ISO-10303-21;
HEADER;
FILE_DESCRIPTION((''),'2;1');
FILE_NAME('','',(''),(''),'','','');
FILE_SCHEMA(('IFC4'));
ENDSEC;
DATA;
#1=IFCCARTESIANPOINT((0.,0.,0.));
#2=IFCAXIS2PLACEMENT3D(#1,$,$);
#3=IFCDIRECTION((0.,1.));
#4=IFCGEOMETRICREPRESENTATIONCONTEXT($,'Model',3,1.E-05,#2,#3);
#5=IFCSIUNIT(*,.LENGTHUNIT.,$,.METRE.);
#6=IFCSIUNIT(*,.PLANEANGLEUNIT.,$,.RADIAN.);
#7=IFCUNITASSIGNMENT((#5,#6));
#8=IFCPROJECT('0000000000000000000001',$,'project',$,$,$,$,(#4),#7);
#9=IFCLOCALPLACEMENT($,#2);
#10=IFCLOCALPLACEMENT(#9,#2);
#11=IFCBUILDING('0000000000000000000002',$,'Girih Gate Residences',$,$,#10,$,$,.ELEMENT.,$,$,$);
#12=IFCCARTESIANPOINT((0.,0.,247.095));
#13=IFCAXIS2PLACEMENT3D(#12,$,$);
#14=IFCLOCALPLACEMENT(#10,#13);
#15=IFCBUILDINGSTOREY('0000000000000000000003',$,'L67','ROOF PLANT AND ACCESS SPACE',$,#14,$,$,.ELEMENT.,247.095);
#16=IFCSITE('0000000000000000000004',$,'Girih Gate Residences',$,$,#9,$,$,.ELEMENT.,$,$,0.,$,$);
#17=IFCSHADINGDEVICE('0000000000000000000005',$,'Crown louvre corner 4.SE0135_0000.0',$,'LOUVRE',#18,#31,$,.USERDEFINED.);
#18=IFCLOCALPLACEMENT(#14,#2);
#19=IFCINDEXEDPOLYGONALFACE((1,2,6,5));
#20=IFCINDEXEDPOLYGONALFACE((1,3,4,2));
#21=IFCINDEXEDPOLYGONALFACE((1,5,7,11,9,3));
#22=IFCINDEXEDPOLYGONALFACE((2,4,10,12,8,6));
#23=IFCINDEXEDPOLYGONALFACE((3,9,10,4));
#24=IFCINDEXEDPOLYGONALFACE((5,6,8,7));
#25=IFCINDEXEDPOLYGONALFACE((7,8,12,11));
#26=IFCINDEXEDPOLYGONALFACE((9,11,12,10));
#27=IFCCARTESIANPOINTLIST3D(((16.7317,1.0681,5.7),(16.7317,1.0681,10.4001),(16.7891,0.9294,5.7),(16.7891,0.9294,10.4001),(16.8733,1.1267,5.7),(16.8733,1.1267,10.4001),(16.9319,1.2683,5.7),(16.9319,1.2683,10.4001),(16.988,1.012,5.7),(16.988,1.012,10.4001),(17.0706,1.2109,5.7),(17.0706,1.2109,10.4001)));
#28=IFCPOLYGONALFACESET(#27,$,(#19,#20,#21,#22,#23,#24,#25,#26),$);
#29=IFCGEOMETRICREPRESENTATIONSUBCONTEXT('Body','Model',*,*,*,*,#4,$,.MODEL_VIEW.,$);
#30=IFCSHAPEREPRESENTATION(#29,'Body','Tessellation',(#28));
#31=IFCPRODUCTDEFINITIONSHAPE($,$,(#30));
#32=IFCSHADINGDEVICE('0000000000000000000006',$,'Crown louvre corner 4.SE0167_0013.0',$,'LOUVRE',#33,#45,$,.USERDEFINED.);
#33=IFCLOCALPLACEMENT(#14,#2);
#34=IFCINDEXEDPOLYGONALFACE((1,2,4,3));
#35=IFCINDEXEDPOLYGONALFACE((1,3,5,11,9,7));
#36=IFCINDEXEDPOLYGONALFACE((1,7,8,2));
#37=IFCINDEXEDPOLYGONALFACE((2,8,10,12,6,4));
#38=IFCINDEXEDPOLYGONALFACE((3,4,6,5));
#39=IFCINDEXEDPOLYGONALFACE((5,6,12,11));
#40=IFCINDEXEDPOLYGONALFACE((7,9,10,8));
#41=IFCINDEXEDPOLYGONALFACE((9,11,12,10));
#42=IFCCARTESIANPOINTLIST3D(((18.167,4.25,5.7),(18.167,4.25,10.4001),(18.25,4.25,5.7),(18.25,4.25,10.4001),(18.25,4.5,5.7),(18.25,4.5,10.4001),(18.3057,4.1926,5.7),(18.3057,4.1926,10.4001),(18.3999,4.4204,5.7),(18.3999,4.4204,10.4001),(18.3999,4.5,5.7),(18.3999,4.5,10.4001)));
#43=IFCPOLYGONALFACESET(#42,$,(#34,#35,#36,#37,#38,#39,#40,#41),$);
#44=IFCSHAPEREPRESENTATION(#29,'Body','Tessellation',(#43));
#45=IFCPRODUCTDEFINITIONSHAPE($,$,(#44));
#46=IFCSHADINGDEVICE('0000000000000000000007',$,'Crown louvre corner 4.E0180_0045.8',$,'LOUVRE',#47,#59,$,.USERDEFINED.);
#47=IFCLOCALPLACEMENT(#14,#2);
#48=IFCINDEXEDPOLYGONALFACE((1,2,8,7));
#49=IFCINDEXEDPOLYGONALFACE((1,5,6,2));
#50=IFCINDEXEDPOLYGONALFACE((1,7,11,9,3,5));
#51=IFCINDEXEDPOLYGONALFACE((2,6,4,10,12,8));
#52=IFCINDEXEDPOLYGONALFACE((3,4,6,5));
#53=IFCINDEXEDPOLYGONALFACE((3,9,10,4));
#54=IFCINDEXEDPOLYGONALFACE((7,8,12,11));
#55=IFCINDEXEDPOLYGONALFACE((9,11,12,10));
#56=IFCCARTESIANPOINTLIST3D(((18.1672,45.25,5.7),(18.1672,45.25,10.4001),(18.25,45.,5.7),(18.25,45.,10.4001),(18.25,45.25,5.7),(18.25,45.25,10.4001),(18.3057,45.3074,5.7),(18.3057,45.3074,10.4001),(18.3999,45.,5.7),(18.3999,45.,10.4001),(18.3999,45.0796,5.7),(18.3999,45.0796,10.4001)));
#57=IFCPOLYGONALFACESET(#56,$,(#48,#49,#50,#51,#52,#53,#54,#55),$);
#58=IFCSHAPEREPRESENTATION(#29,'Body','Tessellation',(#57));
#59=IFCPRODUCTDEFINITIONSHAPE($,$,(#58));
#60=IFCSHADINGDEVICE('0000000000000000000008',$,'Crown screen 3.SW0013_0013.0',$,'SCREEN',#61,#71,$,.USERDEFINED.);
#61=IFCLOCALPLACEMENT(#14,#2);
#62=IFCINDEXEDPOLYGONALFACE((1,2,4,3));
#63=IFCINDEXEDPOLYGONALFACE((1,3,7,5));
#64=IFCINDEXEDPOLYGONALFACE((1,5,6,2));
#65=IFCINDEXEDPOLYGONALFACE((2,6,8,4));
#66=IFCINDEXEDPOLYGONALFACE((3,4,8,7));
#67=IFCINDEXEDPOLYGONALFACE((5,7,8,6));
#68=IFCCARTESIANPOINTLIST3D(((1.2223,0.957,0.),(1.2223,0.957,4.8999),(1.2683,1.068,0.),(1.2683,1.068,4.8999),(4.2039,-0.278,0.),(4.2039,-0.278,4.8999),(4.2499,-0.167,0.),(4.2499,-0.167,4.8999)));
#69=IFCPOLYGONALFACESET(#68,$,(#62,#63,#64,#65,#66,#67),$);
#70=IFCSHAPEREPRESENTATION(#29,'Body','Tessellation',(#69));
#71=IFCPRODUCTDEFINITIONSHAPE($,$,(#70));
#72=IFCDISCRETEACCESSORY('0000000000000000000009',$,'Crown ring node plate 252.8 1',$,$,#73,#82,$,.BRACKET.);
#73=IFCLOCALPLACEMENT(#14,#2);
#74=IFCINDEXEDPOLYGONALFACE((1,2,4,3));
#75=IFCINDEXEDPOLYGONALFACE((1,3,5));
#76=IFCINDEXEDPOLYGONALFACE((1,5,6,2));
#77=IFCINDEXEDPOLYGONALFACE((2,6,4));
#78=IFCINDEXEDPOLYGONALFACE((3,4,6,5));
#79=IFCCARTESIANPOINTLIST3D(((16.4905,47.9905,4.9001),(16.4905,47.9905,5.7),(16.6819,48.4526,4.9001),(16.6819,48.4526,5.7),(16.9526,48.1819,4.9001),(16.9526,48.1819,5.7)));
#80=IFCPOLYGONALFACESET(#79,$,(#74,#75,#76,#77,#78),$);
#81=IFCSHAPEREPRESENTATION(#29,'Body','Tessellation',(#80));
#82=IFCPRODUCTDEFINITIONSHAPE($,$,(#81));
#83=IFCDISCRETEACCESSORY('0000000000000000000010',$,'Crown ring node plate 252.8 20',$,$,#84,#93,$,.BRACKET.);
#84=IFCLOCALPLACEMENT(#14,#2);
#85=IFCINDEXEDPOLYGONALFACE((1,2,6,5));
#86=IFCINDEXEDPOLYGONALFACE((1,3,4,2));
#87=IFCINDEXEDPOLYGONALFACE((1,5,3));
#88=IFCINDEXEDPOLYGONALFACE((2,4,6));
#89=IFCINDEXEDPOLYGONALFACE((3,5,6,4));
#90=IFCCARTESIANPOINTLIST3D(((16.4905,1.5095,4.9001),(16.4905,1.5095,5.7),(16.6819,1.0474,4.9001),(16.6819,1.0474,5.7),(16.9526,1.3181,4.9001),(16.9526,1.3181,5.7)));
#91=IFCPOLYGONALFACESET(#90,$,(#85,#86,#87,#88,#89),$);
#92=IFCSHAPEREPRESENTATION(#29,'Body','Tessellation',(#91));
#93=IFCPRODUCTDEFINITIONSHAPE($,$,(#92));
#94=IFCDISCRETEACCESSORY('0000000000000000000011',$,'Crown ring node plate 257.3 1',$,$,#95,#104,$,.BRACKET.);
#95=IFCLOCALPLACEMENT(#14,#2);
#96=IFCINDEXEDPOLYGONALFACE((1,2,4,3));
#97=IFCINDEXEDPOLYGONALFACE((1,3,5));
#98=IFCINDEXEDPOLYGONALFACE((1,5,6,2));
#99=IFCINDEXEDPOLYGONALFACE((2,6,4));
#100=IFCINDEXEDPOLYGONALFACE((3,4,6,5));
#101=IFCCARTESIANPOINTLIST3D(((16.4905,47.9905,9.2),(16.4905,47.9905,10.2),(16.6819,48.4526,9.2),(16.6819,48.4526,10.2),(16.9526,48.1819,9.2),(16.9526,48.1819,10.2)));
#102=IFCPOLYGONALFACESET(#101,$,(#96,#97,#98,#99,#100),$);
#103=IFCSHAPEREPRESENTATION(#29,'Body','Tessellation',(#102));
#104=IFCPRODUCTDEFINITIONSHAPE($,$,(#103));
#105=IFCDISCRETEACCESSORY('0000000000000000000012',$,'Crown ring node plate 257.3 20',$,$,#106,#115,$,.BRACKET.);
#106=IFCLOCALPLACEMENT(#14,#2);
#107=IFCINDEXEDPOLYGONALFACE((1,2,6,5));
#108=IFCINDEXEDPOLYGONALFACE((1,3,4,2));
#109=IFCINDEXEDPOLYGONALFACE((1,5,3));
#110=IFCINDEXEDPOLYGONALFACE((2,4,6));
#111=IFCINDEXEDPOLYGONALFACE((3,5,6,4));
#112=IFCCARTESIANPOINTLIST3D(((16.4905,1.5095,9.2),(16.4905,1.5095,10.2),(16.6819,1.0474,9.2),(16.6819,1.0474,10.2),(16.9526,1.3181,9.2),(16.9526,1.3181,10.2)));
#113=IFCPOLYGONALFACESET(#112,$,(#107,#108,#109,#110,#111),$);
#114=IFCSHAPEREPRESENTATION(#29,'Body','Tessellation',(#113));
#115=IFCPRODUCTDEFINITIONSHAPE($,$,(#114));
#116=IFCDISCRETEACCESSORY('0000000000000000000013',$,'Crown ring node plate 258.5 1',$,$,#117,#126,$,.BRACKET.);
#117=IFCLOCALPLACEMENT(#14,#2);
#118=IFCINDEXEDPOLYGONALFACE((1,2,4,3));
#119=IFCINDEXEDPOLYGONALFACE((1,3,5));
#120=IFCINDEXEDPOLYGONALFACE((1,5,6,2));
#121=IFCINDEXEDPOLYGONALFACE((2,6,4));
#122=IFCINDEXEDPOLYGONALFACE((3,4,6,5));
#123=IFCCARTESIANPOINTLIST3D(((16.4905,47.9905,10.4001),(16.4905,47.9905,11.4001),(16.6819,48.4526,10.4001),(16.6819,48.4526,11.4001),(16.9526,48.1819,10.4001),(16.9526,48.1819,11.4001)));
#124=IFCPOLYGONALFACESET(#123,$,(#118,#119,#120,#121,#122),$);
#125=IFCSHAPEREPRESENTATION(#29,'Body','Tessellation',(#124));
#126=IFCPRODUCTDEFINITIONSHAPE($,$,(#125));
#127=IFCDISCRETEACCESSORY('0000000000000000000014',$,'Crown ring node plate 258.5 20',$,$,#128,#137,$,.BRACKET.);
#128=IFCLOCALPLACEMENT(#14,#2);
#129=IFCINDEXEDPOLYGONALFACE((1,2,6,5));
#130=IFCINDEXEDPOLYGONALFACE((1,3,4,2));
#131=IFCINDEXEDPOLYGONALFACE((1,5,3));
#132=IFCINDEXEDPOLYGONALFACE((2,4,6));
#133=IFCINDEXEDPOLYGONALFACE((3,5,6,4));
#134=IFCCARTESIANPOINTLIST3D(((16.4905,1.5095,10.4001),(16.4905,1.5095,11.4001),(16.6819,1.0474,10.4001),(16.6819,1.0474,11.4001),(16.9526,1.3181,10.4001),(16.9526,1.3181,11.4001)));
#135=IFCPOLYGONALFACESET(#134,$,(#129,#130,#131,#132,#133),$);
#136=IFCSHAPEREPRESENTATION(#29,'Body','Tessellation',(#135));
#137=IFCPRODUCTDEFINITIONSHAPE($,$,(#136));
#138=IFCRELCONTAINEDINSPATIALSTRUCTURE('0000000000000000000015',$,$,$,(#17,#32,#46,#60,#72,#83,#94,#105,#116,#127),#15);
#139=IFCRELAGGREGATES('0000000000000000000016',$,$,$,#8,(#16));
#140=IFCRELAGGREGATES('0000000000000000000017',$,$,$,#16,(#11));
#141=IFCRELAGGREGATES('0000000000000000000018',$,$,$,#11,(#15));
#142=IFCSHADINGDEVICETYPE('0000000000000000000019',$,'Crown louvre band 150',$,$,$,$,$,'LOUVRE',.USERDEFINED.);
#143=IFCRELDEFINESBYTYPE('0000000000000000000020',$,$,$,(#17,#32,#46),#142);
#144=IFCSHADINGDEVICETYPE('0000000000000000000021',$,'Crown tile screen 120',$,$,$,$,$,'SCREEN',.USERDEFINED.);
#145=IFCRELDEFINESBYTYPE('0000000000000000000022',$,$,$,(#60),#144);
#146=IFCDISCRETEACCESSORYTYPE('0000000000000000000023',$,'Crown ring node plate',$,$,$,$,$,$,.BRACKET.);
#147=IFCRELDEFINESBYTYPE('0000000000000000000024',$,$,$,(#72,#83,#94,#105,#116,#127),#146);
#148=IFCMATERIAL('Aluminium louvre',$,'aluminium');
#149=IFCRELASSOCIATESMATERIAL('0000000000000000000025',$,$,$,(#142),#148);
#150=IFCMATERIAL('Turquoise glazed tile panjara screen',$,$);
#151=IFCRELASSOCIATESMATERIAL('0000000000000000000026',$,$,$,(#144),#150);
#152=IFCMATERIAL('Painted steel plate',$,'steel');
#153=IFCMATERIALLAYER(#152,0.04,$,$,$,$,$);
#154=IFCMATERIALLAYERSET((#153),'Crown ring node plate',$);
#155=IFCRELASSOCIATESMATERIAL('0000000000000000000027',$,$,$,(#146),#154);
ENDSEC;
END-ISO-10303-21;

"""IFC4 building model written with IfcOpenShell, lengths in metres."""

from ifc_helpers import new_model, si_unit, direction, frame, origin, origin_2d, place, context, subcontext, project, spatial, polyline, rectangle, outline, extrude, material, layer, layer_set, type_object, element, save


model = new_model("IFC4")

# Units and contexts
model_context = context("Model", 3, precision=1e-05, world=origin(), true_north=direction((0.0, 1.0)))
body_context = subcontext(model_context, "Body", "Model", "MODEL_VIEW")
ifc_project = project(units=[si_unit("LENGTHUNIT", "METRE"), si_unit("PLANEANGLEUNIT", "RADIAN")], contexts=[model_context])

# Site, building, storey
site_placement = place(None, origin())
site = spatial("IfcSite", under=ifc_project, at=site_placement, Name="Girih Gate Residences", CompositionType="ELEMENT", RefElevation=0.0)
building_placement = place(site_placement, origin())
building = spatial("IfcBuilding", under=site, at=building_placement, Name="Girih Gate Residences", CompositionType="ELEMENT")
storey_placement = place(building_placement, frame((0.0, 0.0, 247.095)))
storey = spatial("IfcBuildingStorey", under=building, at=storey_placement, Name="L67", Description="ROOF PLANT AND ACCESS SPACE", CompositionType="ELEMENT", Elevation=247.095)

# Shading devices
ifc_material_1 = material(Name="Aluminium louvre", Category="aluminium")
shading_device_type_1 = type_object("IfcShadingDeviceType", Name="Crown louvre band 150", ElementType="LOUVRE", PredefinedType="USERDEFINED", material=ifc_material_1)
shading_device_1_placement = place(storey_placement, frame((0.0, 0.0, 5.7)))
element("IfcShadingDevice", 1, at=shading_device_1_placement, inside=storey, type_object=shading_device_type_1, Name="Crown louvre corner 4.SE0135_0000.0", ObjectType="LOUVRE", PredefinedType="USERDEFINED", context=body_context, shape_type="SweptSolid", body=[
    extrude(outline(polyline([(16.988, 1.012), (16.7891, 0.9294), (16.7317, 1.0681), (16.8733, 1.1267), (16.9319, 1.2683), (17.0706, 1.2109), (16.988, 1.012)])), origin(), (0.0, 0.0, 1.0), 4.7002),
])
shading_device_2_placement = place(storey_placement, frame((0.0, 0.0, 5.7)))
element("IfcShadingDevice", 2, at=shading_device_2_placement, inside=storey, type_object=shading_device_type_1, Name="Crown louvre corner 4.SE0167_0013.0", ObjectType="LOUVRE", PredefinedType="USERDEFINED", context=body_context, shape_type="SweptSolid", body=[
    extrude(outline(polyline([(18.3999, 4.4204), (18.3057, 4.1926), (18.167, 4.25), (18.25, 4.25), (18.25, 4.5), (18.3999, 4.5), (18.3999, 4.4204)])), origin(), (0.0, 0.0, 1.0), 4.7002),
])
shading_device_3_placement = place(storey_placement, frame((0.0, 0.0, 5.7)))
element("IfcShadingDevice", 3, at=shading_device_3_placement, inside=storey, type_object=shading_device_type_1, Name="Crown louvre corner 4.E0180_0045.8", ObjectType="LOUVRE", PredefinedType="USERDEFINED", context=body_context, shape_type="SweptSolid", body=[
    extrude(outline(polyline([(18.3999, 45.0796), (18.3999, 45.0), (18.25, 45.0), (18.25, 45.25), (18.1672, 45.25), (18.3057, 45.3074), (18.3999, 45.0796)])), origin(), (0.0, 0.0, 1.0), 4.7002),
])
ifc_material_2 = material(Name="Turquoise glazed tile panjara screen")
shading_device_type_2 = type_object("IfcShadingDeviceType", Name="Crown tile screen 120", ElementType="SCREEN", PredefinedType="USERDEFINED", material=ifc_material_2)
shading_device_4_placement = place(storey_placement, frame((2.7361, 0.395, 0.0), z_axis=(0.0, 0.0, 1.0), x_axis=(0.92388, -0.382683, 0.0)))
element("IfcShadingDevice", 4, at=shading_device_4_placement, inside=storey, type_object=shading_device_type_2, Name="Crown screen 3.SW0013_0013.0", ObjectType="SCREEN", PredefinedType="USERDEFINED", context=body_context, shape_type="SweptSolid", body=[
    extrude(rectangle(XDim=3.2273, YDim=0.1201, at=origin_2d()), origin(), (0.0, 0.0, 1.0), 4.8999),
])

# Discrete accessories
ifc_material_3 = material(Name="Painted steel plate", Category="steel")
ifc_layer_1 = layer(ifc_material_3, 0.04)
ifc_layer_set_1 = layer_set([ifc_layer_1], Name="Crown ring node plate")
discrete_accessory_type = type_object("IfcDiscreteAccessoryType", Name="Crown ring node plate", PredefinedType="BRACKET", material=ifc_layer_set_1)
discrete_accessory_1_placement = place(storey_placement, frame((0.0, 0.0, 4.9001)))
element("IfcDiscreteAccessory", 5, at=discrete_accessory_1_placement, inside=storey, type_object=discrete_accessory_type, Name="Crown ring node plate 252.8 1", PredefinedType="BRACKET", context=body_context, shape_type="SweptSolid", body=[
    extrude(outline(polyline([(16.4905, 47.9905), (16.9526, 48.1819), (16.6819, 48.4526), (16.4905, 47.9905)])), origin(), (0.0, 0.0, 1.0), 0.7998),
])
discrete_accessory_2_placement = place(storey_placement, frame((0.0, 0.0, 4.9001)))
element("IfcDiscreteAccessory", 6, at=discrete_accessory_2_placement, inside=storey, type_object=discrete_accessory_type, Name="Crown ring node plate 252.8 20", PredefinedType="BRACKET", context=body_context, shape_type="SweptSolid", body=[
    extrude(outline(polyline([(16.4905, 1.5095), (16.6819, 1.0474), (16.9526, 1.3181), (16.4905, 1.5095)])), origin(), (0.0, 0.0, 1.0), 0.7998),
])
discrete_accessory_3_placement = place(storey_placement, frame((0.0, 0.0, 9.2)))
element("IfcDiscreteAccessory", 7, at=discrete_accessory_3_placement, inside=storey, type_object=discrete_accessory_type, Name="Crown ring node plate 257.3 1", PredefinedType="BRACKET", context=body_context, shape_type="SweptSolid", body=[
    extrude(outline(polyline([(16.4905, 47.9905), (16.9526, 48.1819), (16.6819, 48.4526), (16.4905, 47.9905)])), origin(), (0.0, 0.0, 1.0), 1.0),
])
discrete_accessory_4_placement = place(storey_placement, frame((0.0, 0.0, 9.2)))
element("IfcDiscreteAccessory", 8, at=discrete_accessory_4_placement, inside=storey, type_object=discrete_accessory_type, Name="Crown ring node plate 257.3 20", PredefinedType="BRACKET", context=body_context, shape_type="SweptSolid", body=[
    extrude(outline(polyline([(16.4905, 1.5095), (16.6819, 1.0474), (16.9526, 1.3181), (16.4905, 1.5095)])), origin(), (0.0, 0.0, 1.0), 1.0),
])
discrete_accessory_5_placement = place(storey_placement, frame((0.0, 0.0, 10.4001)))
element("IfcDiscreteAccessory", 9, at=discrete_accessory_5_placement, inside=storey, type_object=discrete_accessory_type, Name="Crown ring node plate 258.5 1", PredefinedType="BRACKET", context=body_context, shape_type="SweptSolid", body=[
    extrude(outline(polyline([(16.4905, 47.9905), (16.9526, 48.1819), (16.6819, 48.4526), (16.4905, 47.9905)])), origin(), (0.0, 0.0, 1.0), 1.0),
])
discrete_accessory_6_placement = place(storey_placement, frame((0.0, 0.0, 10.4001)))
element("IfcDiscreteAccessory", 10, at=discrete_accessory_6_placement, inside=storey, type_object=discrete_accessory_type, Name="Crown ring node plate 258.5 20", PredefinedType="BRACKET", context=body_context, shape_type="SweptSolid", body=[
    extrude(outline(polyline([(16.4905, 1.5095), (16.6819, 1.0474), (16.9526, 1.3181), (16.4905, 1.5095)])), origin(), (0.0, 0.0, 1.0), 1.0),
])

save(model, "model.ifc")
